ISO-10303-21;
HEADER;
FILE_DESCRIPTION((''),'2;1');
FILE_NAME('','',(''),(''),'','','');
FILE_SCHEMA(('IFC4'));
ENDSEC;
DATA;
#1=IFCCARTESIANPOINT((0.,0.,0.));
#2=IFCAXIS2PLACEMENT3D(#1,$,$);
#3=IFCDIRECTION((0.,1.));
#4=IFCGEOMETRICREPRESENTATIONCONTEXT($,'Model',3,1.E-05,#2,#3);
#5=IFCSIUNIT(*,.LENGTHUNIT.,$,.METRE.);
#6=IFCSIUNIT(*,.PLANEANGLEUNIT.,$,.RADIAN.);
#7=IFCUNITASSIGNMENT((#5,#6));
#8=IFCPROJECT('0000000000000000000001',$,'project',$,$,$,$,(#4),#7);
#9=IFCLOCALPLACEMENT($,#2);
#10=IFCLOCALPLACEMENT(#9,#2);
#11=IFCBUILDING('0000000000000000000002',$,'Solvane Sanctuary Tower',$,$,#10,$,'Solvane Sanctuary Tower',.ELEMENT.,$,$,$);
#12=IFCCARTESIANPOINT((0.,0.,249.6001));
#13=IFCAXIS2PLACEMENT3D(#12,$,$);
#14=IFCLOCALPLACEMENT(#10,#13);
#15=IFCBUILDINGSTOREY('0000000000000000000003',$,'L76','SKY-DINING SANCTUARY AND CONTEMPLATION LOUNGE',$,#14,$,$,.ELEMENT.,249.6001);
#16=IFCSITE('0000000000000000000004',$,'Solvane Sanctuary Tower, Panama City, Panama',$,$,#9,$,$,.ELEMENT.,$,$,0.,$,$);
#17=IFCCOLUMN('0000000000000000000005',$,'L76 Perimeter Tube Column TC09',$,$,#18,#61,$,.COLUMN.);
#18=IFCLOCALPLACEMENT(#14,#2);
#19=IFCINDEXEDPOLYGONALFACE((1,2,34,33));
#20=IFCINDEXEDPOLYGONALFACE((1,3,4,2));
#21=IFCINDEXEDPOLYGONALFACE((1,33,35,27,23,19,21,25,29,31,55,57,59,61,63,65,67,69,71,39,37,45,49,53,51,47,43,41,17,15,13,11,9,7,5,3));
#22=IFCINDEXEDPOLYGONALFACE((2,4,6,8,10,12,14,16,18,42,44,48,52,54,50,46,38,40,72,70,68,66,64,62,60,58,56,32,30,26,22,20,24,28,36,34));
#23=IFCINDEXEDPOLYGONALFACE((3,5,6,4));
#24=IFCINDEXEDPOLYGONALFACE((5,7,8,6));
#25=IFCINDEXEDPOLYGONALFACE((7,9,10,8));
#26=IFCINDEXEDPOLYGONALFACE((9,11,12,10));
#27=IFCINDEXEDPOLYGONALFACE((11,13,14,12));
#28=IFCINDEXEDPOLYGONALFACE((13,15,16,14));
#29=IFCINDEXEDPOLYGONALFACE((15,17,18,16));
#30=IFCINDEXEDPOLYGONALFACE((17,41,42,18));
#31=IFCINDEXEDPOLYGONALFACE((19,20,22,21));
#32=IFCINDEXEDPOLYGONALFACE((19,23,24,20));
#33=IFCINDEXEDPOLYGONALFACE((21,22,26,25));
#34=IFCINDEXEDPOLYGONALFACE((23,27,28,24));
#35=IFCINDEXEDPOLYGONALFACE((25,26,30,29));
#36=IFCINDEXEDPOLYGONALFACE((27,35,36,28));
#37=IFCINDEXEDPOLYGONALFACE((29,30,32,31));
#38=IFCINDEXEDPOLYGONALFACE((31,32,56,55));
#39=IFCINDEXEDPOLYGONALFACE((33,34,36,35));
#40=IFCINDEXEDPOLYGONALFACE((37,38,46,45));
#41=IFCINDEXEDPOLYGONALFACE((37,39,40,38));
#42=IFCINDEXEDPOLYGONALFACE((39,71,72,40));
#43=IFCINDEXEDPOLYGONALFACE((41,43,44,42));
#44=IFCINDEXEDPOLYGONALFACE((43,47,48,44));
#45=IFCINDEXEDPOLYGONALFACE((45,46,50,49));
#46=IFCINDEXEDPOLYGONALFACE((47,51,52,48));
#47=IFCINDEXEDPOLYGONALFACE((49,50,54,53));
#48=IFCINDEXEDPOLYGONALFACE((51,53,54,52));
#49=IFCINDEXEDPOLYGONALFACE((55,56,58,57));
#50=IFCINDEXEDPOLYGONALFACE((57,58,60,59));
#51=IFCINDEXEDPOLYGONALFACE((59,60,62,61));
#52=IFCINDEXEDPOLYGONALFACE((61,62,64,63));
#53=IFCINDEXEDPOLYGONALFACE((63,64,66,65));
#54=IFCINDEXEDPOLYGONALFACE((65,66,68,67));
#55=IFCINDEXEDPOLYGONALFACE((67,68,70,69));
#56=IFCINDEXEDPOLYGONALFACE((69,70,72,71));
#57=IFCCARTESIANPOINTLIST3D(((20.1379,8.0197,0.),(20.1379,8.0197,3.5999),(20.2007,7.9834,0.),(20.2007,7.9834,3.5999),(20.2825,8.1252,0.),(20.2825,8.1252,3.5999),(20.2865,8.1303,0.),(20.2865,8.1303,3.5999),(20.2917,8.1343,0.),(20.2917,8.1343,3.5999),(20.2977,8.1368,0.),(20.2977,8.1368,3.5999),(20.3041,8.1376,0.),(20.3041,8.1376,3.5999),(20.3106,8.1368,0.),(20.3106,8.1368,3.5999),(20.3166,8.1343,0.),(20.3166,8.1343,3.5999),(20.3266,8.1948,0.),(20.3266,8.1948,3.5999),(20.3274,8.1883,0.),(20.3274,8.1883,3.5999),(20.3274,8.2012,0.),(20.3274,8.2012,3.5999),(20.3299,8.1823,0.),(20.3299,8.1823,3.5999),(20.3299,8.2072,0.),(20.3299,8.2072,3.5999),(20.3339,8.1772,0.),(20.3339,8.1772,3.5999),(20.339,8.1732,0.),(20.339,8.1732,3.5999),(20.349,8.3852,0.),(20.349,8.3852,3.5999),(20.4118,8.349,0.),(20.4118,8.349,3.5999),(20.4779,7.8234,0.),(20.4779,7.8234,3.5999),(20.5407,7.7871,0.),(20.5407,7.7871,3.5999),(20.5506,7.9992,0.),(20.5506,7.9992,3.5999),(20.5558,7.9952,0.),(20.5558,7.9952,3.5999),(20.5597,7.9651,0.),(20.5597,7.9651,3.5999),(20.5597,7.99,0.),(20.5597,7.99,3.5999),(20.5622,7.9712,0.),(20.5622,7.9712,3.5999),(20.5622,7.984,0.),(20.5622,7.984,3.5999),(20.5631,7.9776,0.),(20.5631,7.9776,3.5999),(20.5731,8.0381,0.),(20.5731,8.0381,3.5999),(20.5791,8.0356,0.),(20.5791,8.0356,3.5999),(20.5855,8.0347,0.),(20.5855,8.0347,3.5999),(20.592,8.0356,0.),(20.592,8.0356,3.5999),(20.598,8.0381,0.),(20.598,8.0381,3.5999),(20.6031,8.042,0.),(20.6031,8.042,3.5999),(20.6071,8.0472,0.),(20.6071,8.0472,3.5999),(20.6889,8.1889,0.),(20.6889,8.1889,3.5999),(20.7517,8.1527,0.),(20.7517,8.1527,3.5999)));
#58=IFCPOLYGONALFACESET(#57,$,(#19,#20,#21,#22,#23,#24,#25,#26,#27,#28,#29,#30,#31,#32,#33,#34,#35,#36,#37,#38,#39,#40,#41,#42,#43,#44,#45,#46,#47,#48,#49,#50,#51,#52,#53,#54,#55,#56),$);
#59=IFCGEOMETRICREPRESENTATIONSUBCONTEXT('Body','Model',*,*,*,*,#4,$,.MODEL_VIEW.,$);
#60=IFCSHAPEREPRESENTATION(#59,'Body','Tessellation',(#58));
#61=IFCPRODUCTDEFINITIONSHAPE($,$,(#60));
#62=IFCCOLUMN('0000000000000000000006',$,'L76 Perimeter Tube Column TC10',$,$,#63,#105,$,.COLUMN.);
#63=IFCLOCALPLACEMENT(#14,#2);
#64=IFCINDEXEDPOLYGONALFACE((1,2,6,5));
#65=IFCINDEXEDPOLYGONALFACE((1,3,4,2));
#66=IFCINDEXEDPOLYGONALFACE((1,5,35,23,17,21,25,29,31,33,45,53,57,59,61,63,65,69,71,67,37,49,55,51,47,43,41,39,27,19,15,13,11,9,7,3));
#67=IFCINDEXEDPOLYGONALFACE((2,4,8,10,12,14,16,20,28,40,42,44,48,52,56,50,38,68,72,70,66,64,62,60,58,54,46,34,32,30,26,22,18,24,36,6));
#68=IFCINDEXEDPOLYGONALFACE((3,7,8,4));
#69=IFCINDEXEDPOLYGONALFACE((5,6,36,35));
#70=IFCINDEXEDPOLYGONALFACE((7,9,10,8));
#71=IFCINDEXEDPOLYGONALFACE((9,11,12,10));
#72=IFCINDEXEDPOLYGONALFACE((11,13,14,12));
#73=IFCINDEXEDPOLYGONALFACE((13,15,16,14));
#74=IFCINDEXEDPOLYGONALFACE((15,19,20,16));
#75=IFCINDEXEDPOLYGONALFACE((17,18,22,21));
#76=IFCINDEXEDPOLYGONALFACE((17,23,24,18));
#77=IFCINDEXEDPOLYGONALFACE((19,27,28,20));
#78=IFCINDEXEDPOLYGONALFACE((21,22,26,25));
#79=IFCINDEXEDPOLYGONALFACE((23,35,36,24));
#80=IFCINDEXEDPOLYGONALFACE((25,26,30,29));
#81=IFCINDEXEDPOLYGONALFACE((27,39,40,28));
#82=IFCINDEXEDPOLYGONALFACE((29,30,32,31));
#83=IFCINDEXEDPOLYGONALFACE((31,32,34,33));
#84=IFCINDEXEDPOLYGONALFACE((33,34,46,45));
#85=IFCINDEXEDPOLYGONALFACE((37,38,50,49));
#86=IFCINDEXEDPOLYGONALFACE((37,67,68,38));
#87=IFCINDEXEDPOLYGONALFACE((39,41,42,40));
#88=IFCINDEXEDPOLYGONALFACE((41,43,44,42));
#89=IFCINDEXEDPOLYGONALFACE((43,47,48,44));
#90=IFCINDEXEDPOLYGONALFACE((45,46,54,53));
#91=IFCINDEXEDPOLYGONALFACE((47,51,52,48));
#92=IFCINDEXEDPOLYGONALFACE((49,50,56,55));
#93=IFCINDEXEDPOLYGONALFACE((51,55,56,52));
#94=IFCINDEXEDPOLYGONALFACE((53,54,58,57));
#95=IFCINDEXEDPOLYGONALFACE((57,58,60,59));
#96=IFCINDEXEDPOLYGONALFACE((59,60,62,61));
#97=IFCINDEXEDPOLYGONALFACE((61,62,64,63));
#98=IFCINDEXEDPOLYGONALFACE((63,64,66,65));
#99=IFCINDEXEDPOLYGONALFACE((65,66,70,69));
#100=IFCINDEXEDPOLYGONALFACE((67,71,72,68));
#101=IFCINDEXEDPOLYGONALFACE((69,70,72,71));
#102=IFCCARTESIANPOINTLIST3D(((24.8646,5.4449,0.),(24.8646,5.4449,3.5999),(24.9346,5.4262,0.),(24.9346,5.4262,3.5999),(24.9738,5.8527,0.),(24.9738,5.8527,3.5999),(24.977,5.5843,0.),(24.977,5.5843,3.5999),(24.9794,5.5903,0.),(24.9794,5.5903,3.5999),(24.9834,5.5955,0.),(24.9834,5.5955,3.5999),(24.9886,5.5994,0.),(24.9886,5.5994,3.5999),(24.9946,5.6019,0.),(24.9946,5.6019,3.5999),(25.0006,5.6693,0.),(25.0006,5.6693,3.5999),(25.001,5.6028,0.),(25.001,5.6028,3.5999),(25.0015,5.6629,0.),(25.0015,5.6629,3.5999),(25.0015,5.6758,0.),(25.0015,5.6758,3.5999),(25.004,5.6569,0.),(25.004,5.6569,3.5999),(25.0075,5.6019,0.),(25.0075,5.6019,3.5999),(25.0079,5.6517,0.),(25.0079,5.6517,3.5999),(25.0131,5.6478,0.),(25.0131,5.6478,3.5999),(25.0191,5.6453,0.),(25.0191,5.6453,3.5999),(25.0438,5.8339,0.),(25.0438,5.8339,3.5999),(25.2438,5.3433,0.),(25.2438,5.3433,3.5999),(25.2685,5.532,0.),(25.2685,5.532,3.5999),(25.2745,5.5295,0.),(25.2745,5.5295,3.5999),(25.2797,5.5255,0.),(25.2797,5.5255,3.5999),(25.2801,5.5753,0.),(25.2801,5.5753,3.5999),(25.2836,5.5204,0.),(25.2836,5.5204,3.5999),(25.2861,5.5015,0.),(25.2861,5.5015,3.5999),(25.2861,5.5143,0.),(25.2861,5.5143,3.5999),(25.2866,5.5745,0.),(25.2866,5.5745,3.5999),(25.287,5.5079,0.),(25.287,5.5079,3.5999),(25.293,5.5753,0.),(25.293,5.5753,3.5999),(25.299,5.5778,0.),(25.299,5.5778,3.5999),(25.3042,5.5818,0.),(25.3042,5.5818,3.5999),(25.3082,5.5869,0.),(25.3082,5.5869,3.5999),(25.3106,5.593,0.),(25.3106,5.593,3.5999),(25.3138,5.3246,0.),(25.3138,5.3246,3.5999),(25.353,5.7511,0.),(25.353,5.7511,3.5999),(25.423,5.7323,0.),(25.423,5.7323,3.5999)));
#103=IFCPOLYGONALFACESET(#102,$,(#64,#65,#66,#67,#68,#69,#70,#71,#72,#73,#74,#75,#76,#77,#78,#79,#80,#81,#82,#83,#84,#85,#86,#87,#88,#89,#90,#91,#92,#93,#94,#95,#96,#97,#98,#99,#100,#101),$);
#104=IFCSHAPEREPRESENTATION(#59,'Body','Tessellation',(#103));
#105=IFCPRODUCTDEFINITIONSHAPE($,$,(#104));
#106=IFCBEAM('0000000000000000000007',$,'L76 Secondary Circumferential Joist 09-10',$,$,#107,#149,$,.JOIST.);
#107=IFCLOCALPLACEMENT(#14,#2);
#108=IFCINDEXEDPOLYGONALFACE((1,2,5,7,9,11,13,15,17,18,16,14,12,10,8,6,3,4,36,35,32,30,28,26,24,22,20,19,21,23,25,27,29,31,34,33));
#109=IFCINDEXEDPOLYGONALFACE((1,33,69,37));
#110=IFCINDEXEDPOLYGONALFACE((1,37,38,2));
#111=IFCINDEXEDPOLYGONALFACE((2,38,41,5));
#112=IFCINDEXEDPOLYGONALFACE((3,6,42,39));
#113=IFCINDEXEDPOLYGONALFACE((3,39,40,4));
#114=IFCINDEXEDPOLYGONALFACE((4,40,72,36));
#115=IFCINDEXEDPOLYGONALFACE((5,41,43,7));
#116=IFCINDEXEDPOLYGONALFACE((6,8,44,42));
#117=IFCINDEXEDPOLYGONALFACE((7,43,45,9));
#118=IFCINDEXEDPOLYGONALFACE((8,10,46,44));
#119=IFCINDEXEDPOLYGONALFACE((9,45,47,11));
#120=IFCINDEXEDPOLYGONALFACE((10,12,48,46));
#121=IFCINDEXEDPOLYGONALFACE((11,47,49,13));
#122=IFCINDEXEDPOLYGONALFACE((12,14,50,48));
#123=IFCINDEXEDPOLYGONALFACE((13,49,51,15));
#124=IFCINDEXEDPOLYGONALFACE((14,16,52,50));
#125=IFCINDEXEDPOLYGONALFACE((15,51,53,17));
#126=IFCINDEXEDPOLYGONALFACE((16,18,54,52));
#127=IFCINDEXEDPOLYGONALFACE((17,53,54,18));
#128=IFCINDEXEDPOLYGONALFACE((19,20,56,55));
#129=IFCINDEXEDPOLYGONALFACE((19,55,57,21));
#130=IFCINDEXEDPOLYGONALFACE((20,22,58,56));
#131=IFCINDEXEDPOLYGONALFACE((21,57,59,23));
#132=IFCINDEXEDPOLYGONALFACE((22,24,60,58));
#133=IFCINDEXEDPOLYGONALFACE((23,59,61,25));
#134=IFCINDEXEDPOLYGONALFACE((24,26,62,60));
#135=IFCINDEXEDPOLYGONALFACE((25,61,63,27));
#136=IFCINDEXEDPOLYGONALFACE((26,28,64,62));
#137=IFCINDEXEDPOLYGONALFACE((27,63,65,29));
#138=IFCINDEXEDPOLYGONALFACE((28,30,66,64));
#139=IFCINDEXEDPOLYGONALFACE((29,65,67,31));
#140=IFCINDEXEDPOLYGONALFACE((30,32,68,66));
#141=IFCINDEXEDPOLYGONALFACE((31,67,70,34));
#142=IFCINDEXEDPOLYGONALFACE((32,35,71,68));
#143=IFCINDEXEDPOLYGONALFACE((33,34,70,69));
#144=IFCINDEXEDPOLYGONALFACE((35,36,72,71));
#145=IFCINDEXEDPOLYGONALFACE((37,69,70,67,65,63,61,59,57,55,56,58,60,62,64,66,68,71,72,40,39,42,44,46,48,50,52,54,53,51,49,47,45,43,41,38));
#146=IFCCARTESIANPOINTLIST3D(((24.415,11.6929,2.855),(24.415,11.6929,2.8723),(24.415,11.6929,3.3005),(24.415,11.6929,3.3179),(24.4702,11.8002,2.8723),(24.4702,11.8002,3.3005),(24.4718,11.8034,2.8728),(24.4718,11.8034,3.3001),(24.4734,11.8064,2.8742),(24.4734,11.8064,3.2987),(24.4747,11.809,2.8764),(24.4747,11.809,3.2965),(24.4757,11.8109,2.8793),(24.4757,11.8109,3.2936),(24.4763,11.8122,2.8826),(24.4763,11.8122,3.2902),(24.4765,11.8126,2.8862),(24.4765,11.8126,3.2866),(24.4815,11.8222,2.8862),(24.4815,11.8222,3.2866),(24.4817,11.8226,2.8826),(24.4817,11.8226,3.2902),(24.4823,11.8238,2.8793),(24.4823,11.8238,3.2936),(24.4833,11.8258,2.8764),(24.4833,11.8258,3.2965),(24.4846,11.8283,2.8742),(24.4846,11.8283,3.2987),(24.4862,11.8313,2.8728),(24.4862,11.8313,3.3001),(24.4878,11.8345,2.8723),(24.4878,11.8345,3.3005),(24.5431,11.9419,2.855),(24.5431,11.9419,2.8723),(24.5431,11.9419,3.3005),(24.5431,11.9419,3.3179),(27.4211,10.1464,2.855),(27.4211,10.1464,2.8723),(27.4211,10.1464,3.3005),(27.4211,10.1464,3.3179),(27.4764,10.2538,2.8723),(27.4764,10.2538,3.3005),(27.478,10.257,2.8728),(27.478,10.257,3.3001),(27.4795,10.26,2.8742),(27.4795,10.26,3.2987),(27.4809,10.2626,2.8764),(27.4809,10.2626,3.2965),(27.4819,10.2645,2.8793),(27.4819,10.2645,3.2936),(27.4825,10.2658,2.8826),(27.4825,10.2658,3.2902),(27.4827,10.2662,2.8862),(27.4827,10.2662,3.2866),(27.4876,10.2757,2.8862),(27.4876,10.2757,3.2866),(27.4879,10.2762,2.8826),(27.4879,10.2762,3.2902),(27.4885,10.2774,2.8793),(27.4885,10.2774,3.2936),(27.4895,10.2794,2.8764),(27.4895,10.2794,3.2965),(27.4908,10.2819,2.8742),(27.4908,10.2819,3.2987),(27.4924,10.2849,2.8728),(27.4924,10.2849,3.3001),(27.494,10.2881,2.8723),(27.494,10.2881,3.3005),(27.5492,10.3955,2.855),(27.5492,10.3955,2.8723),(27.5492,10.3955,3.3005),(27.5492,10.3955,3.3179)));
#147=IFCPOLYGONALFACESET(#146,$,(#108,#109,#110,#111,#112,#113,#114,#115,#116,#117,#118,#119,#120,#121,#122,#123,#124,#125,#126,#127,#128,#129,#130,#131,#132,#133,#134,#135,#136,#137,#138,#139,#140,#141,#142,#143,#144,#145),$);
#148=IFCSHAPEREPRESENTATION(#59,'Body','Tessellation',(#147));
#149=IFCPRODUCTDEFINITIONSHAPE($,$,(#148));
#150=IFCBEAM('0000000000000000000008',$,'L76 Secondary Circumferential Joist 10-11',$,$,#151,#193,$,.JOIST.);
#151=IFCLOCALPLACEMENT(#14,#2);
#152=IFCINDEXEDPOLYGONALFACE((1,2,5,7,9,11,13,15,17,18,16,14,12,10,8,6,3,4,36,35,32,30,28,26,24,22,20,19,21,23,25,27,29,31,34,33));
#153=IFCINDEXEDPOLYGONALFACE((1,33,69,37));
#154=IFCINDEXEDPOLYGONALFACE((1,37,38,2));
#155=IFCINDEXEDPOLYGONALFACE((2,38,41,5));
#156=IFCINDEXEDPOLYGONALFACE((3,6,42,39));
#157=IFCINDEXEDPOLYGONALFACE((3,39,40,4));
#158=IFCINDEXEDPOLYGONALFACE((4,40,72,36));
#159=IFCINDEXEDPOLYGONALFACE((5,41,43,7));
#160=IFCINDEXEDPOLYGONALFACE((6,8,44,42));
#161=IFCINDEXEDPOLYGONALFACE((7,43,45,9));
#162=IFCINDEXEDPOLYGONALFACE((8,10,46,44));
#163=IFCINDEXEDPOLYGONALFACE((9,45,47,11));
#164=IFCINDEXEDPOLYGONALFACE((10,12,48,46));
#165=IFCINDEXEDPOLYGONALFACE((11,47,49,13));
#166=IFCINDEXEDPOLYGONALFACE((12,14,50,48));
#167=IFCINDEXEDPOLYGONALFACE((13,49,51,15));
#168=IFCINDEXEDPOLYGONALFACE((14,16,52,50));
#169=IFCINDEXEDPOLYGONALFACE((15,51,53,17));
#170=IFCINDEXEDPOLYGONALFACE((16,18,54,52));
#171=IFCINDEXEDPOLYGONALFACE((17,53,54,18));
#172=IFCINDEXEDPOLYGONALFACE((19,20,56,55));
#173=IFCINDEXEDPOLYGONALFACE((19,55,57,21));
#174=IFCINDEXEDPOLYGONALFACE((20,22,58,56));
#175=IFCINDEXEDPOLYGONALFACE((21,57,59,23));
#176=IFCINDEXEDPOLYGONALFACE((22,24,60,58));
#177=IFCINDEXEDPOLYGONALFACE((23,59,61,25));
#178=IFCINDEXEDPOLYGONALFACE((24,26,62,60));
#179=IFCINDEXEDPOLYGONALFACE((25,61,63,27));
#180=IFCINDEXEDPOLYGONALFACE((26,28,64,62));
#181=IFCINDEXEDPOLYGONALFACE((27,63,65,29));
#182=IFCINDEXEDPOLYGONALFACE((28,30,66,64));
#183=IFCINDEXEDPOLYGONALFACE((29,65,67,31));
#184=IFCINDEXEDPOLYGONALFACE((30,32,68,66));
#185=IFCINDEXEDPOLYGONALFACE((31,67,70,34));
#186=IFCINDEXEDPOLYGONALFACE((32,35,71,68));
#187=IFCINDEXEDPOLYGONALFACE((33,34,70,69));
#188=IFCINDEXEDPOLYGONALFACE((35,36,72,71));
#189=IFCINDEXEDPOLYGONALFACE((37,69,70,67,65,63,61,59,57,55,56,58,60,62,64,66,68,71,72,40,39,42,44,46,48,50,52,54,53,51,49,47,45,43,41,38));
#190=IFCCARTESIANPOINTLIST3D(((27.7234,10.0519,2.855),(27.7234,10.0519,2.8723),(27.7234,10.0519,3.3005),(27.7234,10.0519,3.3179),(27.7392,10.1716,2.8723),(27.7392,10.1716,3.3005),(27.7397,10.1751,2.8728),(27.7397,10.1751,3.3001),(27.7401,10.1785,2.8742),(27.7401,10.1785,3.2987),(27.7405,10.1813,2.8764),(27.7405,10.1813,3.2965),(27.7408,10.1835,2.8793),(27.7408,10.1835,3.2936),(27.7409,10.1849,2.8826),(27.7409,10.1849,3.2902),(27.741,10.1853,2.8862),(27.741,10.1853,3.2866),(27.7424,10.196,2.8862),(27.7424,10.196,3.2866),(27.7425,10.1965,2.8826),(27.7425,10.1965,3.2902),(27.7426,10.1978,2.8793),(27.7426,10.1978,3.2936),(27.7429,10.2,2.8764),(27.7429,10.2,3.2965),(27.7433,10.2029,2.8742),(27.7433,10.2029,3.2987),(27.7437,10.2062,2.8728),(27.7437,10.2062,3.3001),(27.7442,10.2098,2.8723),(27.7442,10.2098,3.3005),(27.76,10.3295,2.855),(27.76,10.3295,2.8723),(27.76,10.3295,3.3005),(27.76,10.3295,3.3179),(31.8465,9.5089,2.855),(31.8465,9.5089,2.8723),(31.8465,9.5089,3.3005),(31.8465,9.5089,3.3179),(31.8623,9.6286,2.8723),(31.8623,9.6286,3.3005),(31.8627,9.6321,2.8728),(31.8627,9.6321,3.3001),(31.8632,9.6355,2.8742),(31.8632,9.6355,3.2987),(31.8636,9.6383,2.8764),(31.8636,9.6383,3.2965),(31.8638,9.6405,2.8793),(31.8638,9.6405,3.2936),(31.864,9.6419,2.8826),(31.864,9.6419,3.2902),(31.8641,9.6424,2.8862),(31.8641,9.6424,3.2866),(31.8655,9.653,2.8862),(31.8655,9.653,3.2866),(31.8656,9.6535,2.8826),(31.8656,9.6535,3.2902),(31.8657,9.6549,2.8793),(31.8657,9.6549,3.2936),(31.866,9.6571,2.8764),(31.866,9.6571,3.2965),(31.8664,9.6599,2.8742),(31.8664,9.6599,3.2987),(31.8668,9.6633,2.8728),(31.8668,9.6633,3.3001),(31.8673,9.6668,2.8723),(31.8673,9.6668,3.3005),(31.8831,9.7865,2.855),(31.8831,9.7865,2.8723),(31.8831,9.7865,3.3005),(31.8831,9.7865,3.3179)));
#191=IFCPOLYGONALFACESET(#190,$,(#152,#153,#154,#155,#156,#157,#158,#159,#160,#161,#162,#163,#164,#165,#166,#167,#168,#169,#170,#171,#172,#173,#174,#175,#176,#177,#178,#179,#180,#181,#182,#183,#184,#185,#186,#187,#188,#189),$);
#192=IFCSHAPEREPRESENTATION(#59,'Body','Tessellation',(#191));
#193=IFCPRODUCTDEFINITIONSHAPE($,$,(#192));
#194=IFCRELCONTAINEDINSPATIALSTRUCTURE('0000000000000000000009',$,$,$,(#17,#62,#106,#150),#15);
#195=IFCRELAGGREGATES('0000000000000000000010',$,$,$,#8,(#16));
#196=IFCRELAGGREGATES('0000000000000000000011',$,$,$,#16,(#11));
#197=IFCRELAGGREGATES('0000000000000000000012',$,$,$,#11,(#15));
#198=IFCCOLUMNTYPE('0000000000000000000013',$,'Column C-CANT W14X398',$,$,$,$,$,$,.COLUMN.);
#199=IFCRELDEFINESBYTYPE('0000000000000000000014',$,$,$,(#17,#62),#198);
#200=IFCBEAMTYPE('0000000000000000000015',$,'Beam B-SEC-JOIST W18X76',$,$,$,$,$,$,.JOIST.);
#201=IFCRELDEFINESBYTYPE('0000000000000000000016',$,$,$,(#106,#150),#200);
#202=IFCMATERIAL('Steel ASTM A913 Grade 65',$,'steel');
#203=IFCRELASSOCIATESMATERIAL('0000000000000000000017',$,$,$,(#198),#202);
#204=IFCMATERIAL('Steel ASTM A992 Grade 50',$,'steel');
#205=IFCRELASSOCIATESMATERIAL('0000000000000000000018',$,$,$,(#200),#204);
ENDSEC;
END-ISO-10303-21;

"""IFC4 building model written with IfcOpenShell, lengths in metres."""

from ifc_helpers import new_model, si_unit, direction, frame, origin, origin_2d, place, context, subcontext, project, spatial, i_section, extrude, material, material_profile, profile_set, type_object, element, save


model = new_model("IFC4")

# Units and contexts
model_context = context("Model", 3, precision=1e-05, world=origin(), true_north=direction((0.0, 1.0)))
body_context = subcontext(model_context, "Body", "Model", "MODEL_VIEW")
ifc_project = project(units=[si_unit("LENGTHUNIT", "METRE"), si_unit("PLANEANGLEUNIT", "RADIAN")], contexts=[model_context])

# Site, building, storey
site_placement = place(None, origin())
site = spatial("IfcSite", under=ifc_project, at=site_placement, Name="Solvane Sanctuary Tower, Panama City, Panama", CompositionType="ELEMENT", RefElevation=0.0)
building_placement = place(site_placement, origin())
building = spatial("IfcBuilding", under=site, at=building_placement, Name="Solvane Sanctuary Tower", LongName="Solvane Sanctuary Tower", CompositionType="ELEMENT")
storey_placement = place(building_placement, frame((0.0, 0.0, 249.6001)))
storey = spatial("IfcBuildingStorey", under=building, at=storey_placement, Name="L76", Description="SKY-DINING SANCTUARY AND CONTEMPLATION LOUNGE", CompositionType="ELEMENT", Elevation=249.6001)

# Columns
ifc_material_1 = material(Name="Steel ASTM A913 Grade 65", Category="steel")
ifc_material_profile_1 = material_profile(ifc_material_1, i_section(OverallWidth=0.4221, OverallDepth=0.4651, WebThickness=0.0449, FlangeThickness=0.0725, FilletRadius=0.0249, at=origin_2d()), Name="W14X398")
ifc_profile_set_1 = profile_set([ifc_material_profile_1], Name="Steel ASTM A913 Grade 65")
column_type = type_object("IfcColumnType", Name="Column C-CANT W14X398", PredefinedType="COLUMN", material=ifc_profile_set_1)
for number, where, z_axis, x_axis, name in (
    (1, (20.4448, 8.0862, 0.0), (0.0, 0.0, 1.0), (-0.5, -0.866025, 0.0), "L76 Perimeter Tube Column TC09"),
    (2, (25.1438, 5.5886, 0.0), (0.0, 0.0, 1.0), (-0.258819, -0.965926, 0.0), "L76 Perimeter Tube Column TC10"),
):
    element("IfcColumn", number, at=place(storey_placement, frame(where, z_axis=z_axis, x_axis=x_axis)), inside=storey, type_object=column_type, Name=name, PredefinedType="COLUMN", context=body_context, shape_type="SweptSolid", body=[
        extrude(i_section(OverallWidth=0.4221, OverallDepth=0.4651, WebThickness=0.0449, FlangeThickness=0.0725, FilletRadius=0.0249, at=origin_2d()), origin(), (0.0, 0.0, 1.0), 3.5999),
    ])

# Beams
ifc_material_2 = material(Name="Steel ASTM A992 Grade 50", Category="steel")
ifc_material_profile_2 = material_profile(ifc_material_2, i_section(OverallWidth=0.28, OverallDepth=0.4629, WebThickness=0.0107, FlangeThickness=0.0173, FilletRadius=0.0139, at=origin_2d()), Name="W18X76")
ifc_profile_set_2 = profile_set([ifc_material_profile_2], Name="Steel ASTM A992 Grade 50")
beam_type_1 = type_object("IfcBeamType", Name="Beam B-SEC-JOIST W18X76", PredefinedType="JOIST", material=ifc_profile_set_2)
beam_1_placement = place(storey_placement, frame((24.479, 11.8174, 3.0864), z_axis=(0.889241, -0.457439, 0.0), x_axis=(0.457439, 0.889241, 0.0)))
element("IfcBeam", 3, at=beam_1_placement, inside=storey, type_object=beam_type_1, Name="L76 Secondary Circumferential Joist 09-10", PredefinedType="JOIST", context=body_context, shape_type="SweptSolid", body=[
    extrude(i_section(OverallWidth=0.28, OverallDepth=0.4629, WebThickness=0.0107, FlangeThickness=0.0173, FilletRadius=0.0139, at=origin_2d()), origin(), (0.0, 0.0, 1.0), 3.3806),
])
beam_2_placement = place(storey_placement, frame((27.7417, 10.1907, 3.0864), z_axis=(0.99144, -0.130564, 0.0), x_axis=(0.130564, 0.99144, 0.0)))
element("IfcBeam", 4, at=beam_2_placement, inside=storey, type_object=beam_type_1, Name="L76 Secondary Circumferential Joist 10-11", PredefinedType="JOIST", context=body_context, shape_type="SweptSolid", body=[
    extrude(i_section(OverallWidth=0.28, OverallDepth=0.4629, WebThickness=0.0107, FlangeThickness=0.0173, FilletRadius=0.0139, at=origin_2d()), origin(), (0.0, 0.0, 1.0), 4.1587),
])

save(model, "model.ifc")
